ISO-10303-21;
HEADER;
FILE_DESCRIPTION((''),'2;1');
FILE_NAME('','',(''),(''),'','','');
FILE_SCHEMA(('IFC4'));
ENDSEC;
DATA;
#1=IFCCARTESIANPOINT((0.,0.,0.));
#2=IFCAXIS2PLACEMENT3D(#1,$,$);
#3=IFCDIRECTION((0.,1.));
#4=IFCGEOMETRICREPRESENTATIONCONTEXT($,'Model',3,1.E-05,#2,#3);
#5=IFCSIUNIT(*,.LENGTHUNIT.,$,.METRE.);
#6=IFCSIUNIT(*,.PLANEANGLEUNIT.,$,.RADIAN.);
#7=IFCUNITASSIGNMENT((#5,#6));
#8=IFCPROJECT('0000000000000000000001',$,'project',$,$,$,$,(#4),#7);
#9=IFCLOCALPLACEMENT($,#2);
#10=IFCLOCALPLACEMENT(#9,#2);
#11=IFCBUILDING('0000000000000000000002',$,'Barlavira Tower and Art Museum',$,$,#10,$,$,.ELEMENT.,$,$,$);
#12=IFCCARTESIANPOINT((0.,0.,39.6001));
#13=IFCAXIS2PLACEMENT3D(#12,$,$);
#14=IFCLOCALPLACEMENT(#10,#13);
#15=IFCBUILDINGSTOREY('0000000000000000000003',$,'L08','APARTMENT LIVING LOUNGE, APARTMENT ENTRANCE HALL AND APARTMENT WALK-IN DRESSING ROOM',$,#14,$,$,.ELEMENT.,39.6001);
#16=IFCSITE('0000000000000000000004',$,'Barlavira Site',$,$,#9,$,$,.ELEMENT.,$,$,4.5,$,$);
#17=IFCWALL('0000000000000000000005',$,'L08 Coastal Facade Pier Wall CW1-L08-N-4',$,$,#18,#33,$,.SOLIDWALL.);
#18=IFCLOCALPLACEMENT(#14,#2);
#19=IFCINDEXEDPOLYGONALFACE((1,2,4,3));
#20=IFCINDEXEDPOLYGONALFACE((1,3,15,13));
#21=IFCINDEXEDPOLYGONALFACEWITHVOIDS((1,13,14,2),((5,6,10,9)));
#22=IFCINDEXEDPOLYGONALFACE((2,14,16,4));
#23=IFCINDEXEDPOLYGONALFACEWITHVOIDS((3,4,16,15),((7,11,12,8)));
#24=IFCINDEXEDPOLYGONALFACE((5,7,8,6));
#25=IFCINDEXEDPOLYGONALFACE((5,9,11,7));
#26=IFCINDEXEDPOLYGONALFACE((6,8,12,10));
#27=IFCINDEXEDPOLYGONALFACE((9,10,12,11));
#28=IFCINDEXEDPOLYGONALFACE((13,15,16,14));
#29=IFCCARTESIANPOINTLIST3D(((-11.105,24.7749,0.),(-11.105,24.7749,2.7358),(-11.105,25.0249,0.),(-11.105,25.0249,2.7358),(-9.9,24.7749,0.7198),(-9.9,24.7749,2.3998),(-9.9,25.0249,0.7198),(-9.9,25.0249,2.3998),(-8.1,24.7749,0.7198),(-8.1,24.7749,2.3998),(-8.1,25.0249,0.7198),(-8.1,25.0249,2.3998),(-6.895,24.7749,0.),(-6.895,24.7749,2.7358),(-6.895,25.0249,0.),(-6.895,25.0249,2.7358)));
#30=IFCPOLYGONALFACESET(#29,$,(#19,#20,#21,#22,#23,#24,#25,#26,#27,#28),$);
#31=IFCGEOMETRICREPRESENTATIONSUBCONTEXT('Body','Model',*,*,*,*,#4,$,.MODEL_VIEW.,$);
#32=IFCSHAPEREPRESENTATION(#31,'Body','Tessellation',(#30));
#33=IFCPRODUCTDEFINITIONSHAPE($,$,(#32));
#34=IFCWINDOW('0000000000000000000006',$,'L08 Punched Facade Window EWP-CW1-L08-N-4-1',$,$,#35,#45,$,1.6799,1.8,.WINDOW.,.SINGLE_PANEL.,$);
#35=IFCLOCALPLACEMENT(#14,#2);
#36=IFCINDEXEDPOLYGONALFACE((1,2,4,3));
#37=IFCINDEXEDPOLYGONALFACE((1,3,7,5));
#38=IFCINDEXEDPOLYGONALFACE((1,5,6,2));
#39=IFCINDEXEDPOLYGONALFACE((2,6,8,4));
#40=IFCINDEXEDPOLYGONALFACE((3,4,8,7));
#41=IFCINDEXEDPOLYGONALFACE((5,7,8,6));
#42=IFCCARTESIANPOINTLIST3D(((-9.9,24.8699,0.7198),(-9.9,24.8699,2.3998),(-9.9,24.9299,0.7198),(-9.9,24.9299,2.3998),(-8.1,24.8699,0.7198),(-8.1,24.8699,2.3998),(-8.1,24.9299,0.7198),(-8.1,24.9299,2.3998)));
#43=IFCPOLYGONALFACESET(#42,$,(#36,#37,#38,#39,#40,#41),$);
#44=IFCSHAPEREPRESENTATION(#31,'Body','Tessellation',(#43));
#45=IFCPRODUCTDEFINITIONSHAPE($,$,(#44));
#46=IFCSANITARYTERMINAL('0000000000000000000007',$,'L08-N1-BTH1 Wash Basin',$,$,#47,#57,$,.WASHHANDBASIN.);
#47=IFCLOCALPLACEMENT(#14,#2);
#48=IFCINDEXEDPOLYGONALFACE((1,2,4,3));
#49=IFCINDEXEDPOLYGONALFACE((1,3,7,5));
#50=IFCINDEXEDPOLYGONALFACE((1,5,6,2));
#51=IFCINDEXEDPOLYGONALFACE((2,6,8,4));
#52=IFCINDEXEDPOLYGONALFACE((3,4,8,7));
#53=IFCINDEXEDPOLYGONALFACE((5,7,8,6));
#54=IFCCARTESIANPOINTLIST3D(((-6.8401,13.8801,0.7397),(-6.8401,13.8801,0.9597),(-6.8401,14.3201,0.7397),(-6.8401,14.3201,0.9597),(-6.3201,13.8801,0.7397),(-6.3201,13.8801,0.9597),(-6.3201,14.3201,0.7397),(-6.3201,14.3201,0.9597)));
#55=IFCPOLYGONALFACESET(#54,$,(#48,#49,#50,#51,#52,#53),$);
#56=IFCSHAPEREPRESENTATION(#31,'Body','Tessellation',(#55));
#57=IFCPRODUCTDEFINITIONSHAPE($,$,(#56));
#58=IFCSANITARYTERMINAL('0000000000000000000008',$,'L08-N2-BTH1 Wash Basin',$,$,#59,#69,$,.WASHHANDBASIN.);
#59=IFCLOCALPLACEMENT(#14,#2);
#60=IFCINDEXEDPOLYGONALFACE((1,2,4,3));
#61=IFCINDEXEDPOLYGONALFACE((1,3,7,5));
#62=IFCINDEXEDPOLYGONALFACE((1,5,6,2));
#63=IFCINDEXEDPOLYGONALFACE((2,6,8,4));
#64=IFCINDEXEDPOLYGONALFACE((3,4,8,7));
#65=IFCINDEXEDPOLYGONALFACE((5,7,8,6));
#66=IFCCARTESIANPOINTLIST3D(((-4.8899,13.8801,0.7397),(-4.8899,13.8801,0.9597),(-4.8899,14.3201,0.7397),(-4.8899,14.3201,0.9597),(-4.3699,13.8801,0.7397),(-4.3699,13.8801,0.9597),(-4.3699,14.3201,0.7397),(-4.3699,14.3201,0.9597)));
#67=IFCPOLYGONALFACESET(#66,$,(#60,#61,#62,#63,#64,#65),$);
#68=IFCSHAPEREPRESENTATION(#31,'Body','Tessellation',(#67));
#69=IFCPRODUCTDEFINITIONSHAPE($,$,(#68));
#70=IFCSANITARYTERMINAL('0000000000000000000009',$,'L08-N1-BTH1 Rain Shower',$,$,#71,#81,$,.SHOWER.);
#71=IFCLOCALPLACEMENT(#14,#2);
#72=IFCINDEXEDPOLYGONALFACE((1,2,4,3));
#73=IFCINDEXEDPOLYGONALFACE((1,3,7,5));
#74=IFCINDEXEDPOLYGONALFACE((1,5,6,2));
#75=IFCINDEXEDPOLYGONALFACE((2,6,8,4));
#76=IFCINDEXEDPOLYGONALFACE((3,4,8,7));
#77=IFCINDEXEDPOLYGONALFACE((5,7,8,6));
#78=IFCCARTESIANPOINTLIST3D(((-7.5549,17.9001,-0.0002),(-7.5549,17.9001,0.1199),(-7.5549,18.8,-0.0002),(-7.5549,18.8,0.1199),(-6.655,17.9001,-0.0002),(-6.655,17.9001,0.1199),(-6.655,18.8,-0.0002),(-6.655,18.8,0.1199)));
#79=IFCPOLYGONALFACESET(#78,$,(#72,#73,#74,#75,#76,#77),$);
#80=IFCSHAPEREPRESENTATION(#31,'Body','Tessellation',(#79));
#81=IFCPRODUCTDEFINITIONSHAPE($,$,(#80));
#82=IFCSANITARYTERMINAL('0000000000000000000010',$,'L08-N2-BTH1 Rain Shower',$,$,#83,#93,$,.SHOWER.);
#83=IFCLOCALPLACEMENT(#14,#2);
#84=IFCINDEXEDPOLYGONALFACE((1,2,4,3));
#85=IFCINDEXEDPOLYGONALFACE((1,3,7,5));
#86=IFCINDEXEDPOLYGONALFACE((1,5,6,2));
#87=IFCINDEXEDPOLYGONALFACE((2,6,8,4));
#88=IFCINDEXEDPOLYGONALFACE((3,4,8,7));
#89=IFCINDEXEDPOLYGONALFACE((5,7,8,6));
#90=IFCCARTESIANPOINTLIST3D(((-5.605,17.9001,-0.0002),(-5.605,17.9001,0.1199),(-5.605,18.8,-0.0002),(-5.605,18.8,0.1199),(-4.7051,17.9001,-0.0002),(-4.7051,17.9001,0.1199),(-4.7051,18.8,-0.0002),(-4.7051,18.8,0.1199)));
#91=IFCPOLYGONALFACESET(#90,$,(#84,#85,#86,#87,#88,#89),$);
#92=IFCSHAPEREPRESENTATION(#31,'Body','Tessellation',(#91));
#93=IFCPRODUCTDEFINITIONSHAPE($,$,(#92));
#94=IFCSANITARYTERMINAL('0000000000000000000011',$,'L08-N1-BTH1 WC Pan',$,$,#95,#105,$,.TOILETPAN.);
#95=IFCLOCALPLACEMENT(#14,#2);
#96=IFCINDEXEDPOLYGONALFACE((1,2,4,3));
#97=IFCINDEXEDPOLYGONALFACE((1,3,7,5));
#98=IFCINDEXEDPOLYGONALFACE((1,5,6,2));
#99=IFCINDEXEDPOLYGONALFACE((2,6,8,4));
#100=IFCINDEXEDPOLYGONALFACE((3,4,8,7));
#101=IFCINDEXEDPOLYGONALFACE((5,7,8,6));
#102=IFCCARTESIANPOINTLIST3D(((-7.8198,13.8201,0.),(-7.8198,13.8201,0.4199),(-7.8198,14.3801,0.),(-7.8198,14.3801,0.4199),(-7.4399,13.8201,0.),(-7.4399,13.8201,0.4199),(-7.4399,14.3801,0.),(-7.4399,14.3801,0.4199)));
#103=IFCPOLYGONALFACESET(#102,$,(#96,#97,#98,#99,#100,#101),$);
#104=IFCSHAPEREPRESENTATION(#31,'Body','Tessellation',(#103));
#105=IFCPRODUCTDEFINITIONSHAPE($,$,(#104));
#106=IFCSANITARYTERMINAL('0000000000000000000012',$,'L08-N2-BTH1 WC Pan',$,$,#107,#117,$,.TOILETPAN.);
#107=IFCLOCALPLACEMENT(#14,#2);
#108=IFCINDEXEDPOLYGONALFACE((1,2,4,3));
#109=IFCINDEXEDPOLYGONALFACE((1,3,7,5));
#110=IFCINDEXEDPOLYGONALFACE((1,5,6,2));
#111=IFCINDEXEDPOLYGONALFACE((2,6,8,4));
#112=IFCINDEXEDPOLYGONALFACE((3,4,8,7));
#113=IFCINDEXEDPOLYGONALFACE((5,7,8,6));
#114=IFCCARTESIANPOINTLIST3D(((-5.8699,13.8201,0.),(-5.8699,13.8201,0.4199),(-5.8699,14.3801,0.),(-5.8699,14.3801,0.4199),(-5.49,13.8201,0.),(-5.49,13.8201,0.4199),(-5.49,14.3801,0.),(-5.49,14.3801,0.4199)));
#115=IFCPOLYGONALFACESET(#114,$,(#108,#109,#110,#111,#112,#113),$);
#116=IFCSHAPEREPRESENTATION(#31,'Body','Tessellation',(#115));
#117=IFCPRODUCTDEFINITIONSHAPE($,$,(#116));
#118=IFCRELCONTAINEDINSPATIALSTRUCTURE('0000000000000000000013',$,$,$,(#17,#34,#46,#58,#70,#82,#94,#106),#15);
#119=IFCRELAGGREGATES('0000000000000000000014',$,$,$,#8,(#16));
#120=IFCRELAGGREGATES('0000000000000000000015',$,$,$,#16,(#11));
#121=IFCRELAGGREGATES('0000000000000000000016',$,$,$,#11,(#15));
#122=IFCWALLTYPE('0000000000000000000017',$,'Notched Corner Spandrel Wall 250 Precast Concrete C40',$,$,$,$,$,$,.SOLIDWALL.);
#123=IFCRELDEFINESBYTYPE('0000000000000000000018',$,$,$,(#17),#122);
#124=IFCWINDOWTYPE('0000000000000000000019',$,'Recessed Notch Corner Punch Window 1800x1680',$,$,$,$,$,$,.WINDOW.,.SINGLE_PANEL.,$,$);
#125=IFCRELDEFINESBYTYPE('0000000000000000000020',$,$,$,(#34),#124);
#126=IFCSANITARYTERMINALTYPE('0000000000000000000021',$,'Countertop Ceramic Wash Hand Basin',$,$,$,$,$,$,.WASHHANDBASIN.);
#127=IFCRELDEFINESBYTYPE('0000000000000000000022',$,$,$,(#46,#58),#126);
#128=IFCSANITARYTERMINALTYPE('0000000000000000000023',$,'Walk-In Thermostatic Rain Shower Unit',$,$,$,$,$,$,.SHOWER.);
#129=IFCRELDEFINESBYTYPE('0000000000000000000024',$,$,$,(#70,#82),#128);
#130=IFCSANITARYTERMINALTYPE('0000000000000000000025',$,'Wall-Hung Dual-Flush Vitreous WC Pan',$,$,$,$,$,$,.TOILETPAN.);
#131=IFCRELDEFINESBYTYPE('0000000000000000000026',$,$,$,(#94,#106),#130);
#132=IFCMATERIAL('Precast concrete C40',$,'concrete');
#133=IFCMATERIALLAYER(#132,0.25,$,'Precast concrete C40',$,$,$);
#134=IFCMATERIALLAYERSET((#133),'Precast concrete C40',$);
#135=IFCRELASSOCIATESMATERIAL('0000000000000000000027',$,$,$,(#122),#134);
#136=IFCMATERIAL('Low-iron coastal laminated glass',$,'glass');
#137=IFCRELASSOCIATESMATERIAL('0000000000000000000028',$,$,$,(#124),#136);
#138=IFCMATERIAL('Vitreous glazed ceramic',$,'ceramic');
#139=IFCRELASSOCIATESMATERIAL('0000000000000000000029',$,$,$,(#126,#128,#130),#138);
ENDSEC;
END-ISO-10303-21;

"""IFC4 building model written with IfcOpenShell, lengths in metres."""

from ifc_helpers import new_model, si_unit, direction, frame, frame_2d, origin, origin_2d, place, context, subcontext, project, spatial, rectangle, extrude, material, layer, layer_set, type_object, element, fill, save


model = new_model("IFC4")

# Units and contexts
model_context = context("Model", 3, precision=1e-05, world=origin(), true_north=direction((0.0, 1.0)))
body_context = subcontext(model_context, "Body", "Model", "MODEL_VIEW")
ifc_project = project(units=[si_unit("LENGTHUNIT", "METRE"), si_unit("PLANEANGLEUNIT", "RADIAN")], contexts=[model_context])

# Site, building, storey
site_placement = place(None, origin())
site = spatial("IfcSite", under=ifc_project, at=site_placement, Name="Barlavira Site", CompositionType="ELEMENT", RefElevation=4.5)
building_placement = place(site_placement, origin())
building = spatial("IfcBuilding", under=site, at=building_placement, Name="Barlavira Tower and Art Museum", CompositionType="ELEMENT")
storey_placement = place(building_placement, frame((0.0, 0.0, 39.6001)))
storey = spatial("IfcBuildingStorey", under=building, at=storey_placement, Name="L08", Description="APARTMENT LIVING LOUNGE, APARTMENT ENTRANCE HALL AND APARTMENT WALK-IN DRESSING ROOM", CompositionType="ELEMENT", Elevation=39.6001)

# Shared definitions
ifc_material_1 = material(Name="Low-iron coastal laminated glass", Category="glass")

# Wall, opening, window
ifc_material_2 = material(Name="Precast concrete C40", Category="concrete")
ifc_layer_1 = layer(ifc_material_2, 0.25, Name="Precast concrete C40")
ifc_layer_set_1 = layer_set([ifc_layer_1], Name="Precast concrete C40")
wall_type_1 = type_object("IfcWallType", Name="Notched Corner Spandrel Wall 250 Precast Concrete C40", PredefinedType="SOLIDWALL", material=ifc_layer_set_1)
wall_1_placement = place(storey_placement, frame((-6.895, 24.8999, 0.0), z_axis=(0.0, 0.0, 1.0), x_axis=(-1.0, 0.0, 0.0)))
wall_1 = element("IfcWall", 1, at=wall_1_placement, inside=storey, type_object=wall_type_1, Name="L08 Coastal Facade Pier Wall CW1-L08-N-4", PredefinedType="SOLIDWALL", context=body_context, shape_type="SweptSolid", body=[
    extrude(rectangle(XDim=4.21, YDim=0.25, at=frame_2d((2.105, 0.0))), origin(), (0.0, 0.0, 1.0), 2.7358),
])
opening_1_placement = place(wall_1_placement, frame((1.2051, 0.0, 0.72)))
opening_1 = element("IfcOpeningElement", 2, at=opening_1_placement, cuts=wall_1, PredefinedType="OPENING", context=body_context, shape_type="SweptSolid", body=[
    extrude(rectangle(XDim=1.8, YDim=1.6799, at=frame_2d((0.8999, 0.8398))), frame((0.0, 0.135, 0.0), z_axis=(0.0, -1.0, 0.0), x_axis=(1.0, 0.0, 0.0)), (0.0, 0.0, 1.0), 0.27),
])
window_type = type_object("IfcWindowType", Name="Recessed Notch Corner Punch Window 1800x1680", PartitioningType="SINGLE_PANEL", PredefinedType="WINDOW", material=ifc_material_1)
window_placement = place(opening_1_placement, origin())
window = element("IfcWindow", 3, at=window_placement, inside=storey, type_object=window_type, Name="L08 Punched Facade Window EWP-CW1-L08-N-4-1", OverallHeight=1.6799, OverallWidth=1.8, PartitioningType="SINGLE_PANEL", PredefinedType="WINDOW", context=body_context, shape_type="SweptSolid", body=[
    extrude(rectangle(XDim=1.8, YDim=1.6799, at=frame_2d((0.8999, 0.8398))), frame((0.0, 0.03, 0.0), z_axis=(0.0, -1.0, 0.0), x_axis=(1.0, 0.0, 0.0)), (0.0, 0.0, 1.0), 0.0601),
])
fill(opening_1, window)

# Sanitary terminals
ifc_material_3 = material(Name="Vitreous glazed ceramic", Category="ceramic")
sanitary_terminal_type_1 = type_object("IfcSanitaryTerminalType", Name="Countertop Ceramic Wash Hand Basin", PredefinedType="WASHHANDBASIN", material=ifc_material_3)
for number, where, z_axis, x_axis, name in (
    (4, (-6.5801, 14.1001, 0.7397), (0.0, 0.0, 1.0), (1.0, 0.0, 0.0), "L08-N1-BTH1 Wash Basin"),
    (5, (-4.6299, 14.1001, 0.7397), (0.0, 0.0, 1.0), (1.0, 0.0, 0.0), "L08-N2-BTH1 Wash Basin"),
):
    element("IfcSanitaryTerminal", number, at=place(storey_placement, frame(where, z_axis=z_axis, x_axis=x_axis)), inside=storey, type_object=sanitary_terminal_type_1, Name=name, PredefinedType="WASHHANDBASIN", context=body_context, shape_type="SweptSolid", body=[
        extrude(rectangle(XDim=0.52, YDim=0.4399, at=origin_2d()), origin(), (0.0, 0.0, 1.0), 0.22),
    ])
sanitary_terminal_type_2 = type_object("IfcSanitaryTerminalType", Name="Walk-In Thermostatic Rain Shower Unit", PredefinedType="SHOWER", material=ifc_material_3)
for number, where, z_axis, x_axis, name in (
    (6, (-7.105, 18.3501, -0.0002), (0.0, 0.0, 1.0), (1.0, 0.0, 0.0), "L08-N1-BTH1 Rain Shower"),
    (7, (-5.155, 18.3501, -0.0002), (0.0, 0.0, 1.0), (1.0, 0.0, 0.0), "L08-N2-BTH1 Rain Shower"),
):
    element("IfcSanitaryTerminal", number, at=place(storey_placement, frame(where, z_axis=z_axis, x_axis=x_axis)), inside=storey, type_object=sanitary_terminal_type_2, Name=name, PredefinedType="SHOWER", context=body_context, shape_type="SweptSolid", body=[
        extrude(rectangle(XDim=0.8999, YDim=0.8999, at=origin_2d()), origin(), (0.0, 0.0, 1.0), 0.1201),
    ])
sanitary_terminal_type_3 = type_object("IfcSanitaryTerminalType", Name="Wall-Hung Dual-Flush Vitreous WC Pan", PredefinedType="TOILETPAN", material=ifc_material_3)
for number, where, z_axis, x_axis, name in (
    (8, (-7.6299, 14.1001, 0.0), (0.0, 0.0, 1.0), (1.0, 0.0, 0.0), "L08-N1-BTH1 WC Pan"),
    (9, (-5.6799, 14.1001, 0.0), (0.0, 0.0, 1.0), (1.0, 0.0, 0.0), "L08-N2-BTH1 WC Pan"),
):
    element("IfcSanitaryTerminal", number, at=place(storey_placement, frame(where, z_axis=z_axis, x_axis=x_axis)), inside=storey, type_object=sanitary_terminal_type_3, Name=name, PredefinedType="TOILETPAN", context=body_context, shape_type="SweptSolid", body=[
        extrude(rectangle(XDim=0.3799, YDim=0.5601, at=origin_2d()), origin(), (0.0, 0.0, 1.0), 0.4199),
    ])

save(model, "model.ifc")
